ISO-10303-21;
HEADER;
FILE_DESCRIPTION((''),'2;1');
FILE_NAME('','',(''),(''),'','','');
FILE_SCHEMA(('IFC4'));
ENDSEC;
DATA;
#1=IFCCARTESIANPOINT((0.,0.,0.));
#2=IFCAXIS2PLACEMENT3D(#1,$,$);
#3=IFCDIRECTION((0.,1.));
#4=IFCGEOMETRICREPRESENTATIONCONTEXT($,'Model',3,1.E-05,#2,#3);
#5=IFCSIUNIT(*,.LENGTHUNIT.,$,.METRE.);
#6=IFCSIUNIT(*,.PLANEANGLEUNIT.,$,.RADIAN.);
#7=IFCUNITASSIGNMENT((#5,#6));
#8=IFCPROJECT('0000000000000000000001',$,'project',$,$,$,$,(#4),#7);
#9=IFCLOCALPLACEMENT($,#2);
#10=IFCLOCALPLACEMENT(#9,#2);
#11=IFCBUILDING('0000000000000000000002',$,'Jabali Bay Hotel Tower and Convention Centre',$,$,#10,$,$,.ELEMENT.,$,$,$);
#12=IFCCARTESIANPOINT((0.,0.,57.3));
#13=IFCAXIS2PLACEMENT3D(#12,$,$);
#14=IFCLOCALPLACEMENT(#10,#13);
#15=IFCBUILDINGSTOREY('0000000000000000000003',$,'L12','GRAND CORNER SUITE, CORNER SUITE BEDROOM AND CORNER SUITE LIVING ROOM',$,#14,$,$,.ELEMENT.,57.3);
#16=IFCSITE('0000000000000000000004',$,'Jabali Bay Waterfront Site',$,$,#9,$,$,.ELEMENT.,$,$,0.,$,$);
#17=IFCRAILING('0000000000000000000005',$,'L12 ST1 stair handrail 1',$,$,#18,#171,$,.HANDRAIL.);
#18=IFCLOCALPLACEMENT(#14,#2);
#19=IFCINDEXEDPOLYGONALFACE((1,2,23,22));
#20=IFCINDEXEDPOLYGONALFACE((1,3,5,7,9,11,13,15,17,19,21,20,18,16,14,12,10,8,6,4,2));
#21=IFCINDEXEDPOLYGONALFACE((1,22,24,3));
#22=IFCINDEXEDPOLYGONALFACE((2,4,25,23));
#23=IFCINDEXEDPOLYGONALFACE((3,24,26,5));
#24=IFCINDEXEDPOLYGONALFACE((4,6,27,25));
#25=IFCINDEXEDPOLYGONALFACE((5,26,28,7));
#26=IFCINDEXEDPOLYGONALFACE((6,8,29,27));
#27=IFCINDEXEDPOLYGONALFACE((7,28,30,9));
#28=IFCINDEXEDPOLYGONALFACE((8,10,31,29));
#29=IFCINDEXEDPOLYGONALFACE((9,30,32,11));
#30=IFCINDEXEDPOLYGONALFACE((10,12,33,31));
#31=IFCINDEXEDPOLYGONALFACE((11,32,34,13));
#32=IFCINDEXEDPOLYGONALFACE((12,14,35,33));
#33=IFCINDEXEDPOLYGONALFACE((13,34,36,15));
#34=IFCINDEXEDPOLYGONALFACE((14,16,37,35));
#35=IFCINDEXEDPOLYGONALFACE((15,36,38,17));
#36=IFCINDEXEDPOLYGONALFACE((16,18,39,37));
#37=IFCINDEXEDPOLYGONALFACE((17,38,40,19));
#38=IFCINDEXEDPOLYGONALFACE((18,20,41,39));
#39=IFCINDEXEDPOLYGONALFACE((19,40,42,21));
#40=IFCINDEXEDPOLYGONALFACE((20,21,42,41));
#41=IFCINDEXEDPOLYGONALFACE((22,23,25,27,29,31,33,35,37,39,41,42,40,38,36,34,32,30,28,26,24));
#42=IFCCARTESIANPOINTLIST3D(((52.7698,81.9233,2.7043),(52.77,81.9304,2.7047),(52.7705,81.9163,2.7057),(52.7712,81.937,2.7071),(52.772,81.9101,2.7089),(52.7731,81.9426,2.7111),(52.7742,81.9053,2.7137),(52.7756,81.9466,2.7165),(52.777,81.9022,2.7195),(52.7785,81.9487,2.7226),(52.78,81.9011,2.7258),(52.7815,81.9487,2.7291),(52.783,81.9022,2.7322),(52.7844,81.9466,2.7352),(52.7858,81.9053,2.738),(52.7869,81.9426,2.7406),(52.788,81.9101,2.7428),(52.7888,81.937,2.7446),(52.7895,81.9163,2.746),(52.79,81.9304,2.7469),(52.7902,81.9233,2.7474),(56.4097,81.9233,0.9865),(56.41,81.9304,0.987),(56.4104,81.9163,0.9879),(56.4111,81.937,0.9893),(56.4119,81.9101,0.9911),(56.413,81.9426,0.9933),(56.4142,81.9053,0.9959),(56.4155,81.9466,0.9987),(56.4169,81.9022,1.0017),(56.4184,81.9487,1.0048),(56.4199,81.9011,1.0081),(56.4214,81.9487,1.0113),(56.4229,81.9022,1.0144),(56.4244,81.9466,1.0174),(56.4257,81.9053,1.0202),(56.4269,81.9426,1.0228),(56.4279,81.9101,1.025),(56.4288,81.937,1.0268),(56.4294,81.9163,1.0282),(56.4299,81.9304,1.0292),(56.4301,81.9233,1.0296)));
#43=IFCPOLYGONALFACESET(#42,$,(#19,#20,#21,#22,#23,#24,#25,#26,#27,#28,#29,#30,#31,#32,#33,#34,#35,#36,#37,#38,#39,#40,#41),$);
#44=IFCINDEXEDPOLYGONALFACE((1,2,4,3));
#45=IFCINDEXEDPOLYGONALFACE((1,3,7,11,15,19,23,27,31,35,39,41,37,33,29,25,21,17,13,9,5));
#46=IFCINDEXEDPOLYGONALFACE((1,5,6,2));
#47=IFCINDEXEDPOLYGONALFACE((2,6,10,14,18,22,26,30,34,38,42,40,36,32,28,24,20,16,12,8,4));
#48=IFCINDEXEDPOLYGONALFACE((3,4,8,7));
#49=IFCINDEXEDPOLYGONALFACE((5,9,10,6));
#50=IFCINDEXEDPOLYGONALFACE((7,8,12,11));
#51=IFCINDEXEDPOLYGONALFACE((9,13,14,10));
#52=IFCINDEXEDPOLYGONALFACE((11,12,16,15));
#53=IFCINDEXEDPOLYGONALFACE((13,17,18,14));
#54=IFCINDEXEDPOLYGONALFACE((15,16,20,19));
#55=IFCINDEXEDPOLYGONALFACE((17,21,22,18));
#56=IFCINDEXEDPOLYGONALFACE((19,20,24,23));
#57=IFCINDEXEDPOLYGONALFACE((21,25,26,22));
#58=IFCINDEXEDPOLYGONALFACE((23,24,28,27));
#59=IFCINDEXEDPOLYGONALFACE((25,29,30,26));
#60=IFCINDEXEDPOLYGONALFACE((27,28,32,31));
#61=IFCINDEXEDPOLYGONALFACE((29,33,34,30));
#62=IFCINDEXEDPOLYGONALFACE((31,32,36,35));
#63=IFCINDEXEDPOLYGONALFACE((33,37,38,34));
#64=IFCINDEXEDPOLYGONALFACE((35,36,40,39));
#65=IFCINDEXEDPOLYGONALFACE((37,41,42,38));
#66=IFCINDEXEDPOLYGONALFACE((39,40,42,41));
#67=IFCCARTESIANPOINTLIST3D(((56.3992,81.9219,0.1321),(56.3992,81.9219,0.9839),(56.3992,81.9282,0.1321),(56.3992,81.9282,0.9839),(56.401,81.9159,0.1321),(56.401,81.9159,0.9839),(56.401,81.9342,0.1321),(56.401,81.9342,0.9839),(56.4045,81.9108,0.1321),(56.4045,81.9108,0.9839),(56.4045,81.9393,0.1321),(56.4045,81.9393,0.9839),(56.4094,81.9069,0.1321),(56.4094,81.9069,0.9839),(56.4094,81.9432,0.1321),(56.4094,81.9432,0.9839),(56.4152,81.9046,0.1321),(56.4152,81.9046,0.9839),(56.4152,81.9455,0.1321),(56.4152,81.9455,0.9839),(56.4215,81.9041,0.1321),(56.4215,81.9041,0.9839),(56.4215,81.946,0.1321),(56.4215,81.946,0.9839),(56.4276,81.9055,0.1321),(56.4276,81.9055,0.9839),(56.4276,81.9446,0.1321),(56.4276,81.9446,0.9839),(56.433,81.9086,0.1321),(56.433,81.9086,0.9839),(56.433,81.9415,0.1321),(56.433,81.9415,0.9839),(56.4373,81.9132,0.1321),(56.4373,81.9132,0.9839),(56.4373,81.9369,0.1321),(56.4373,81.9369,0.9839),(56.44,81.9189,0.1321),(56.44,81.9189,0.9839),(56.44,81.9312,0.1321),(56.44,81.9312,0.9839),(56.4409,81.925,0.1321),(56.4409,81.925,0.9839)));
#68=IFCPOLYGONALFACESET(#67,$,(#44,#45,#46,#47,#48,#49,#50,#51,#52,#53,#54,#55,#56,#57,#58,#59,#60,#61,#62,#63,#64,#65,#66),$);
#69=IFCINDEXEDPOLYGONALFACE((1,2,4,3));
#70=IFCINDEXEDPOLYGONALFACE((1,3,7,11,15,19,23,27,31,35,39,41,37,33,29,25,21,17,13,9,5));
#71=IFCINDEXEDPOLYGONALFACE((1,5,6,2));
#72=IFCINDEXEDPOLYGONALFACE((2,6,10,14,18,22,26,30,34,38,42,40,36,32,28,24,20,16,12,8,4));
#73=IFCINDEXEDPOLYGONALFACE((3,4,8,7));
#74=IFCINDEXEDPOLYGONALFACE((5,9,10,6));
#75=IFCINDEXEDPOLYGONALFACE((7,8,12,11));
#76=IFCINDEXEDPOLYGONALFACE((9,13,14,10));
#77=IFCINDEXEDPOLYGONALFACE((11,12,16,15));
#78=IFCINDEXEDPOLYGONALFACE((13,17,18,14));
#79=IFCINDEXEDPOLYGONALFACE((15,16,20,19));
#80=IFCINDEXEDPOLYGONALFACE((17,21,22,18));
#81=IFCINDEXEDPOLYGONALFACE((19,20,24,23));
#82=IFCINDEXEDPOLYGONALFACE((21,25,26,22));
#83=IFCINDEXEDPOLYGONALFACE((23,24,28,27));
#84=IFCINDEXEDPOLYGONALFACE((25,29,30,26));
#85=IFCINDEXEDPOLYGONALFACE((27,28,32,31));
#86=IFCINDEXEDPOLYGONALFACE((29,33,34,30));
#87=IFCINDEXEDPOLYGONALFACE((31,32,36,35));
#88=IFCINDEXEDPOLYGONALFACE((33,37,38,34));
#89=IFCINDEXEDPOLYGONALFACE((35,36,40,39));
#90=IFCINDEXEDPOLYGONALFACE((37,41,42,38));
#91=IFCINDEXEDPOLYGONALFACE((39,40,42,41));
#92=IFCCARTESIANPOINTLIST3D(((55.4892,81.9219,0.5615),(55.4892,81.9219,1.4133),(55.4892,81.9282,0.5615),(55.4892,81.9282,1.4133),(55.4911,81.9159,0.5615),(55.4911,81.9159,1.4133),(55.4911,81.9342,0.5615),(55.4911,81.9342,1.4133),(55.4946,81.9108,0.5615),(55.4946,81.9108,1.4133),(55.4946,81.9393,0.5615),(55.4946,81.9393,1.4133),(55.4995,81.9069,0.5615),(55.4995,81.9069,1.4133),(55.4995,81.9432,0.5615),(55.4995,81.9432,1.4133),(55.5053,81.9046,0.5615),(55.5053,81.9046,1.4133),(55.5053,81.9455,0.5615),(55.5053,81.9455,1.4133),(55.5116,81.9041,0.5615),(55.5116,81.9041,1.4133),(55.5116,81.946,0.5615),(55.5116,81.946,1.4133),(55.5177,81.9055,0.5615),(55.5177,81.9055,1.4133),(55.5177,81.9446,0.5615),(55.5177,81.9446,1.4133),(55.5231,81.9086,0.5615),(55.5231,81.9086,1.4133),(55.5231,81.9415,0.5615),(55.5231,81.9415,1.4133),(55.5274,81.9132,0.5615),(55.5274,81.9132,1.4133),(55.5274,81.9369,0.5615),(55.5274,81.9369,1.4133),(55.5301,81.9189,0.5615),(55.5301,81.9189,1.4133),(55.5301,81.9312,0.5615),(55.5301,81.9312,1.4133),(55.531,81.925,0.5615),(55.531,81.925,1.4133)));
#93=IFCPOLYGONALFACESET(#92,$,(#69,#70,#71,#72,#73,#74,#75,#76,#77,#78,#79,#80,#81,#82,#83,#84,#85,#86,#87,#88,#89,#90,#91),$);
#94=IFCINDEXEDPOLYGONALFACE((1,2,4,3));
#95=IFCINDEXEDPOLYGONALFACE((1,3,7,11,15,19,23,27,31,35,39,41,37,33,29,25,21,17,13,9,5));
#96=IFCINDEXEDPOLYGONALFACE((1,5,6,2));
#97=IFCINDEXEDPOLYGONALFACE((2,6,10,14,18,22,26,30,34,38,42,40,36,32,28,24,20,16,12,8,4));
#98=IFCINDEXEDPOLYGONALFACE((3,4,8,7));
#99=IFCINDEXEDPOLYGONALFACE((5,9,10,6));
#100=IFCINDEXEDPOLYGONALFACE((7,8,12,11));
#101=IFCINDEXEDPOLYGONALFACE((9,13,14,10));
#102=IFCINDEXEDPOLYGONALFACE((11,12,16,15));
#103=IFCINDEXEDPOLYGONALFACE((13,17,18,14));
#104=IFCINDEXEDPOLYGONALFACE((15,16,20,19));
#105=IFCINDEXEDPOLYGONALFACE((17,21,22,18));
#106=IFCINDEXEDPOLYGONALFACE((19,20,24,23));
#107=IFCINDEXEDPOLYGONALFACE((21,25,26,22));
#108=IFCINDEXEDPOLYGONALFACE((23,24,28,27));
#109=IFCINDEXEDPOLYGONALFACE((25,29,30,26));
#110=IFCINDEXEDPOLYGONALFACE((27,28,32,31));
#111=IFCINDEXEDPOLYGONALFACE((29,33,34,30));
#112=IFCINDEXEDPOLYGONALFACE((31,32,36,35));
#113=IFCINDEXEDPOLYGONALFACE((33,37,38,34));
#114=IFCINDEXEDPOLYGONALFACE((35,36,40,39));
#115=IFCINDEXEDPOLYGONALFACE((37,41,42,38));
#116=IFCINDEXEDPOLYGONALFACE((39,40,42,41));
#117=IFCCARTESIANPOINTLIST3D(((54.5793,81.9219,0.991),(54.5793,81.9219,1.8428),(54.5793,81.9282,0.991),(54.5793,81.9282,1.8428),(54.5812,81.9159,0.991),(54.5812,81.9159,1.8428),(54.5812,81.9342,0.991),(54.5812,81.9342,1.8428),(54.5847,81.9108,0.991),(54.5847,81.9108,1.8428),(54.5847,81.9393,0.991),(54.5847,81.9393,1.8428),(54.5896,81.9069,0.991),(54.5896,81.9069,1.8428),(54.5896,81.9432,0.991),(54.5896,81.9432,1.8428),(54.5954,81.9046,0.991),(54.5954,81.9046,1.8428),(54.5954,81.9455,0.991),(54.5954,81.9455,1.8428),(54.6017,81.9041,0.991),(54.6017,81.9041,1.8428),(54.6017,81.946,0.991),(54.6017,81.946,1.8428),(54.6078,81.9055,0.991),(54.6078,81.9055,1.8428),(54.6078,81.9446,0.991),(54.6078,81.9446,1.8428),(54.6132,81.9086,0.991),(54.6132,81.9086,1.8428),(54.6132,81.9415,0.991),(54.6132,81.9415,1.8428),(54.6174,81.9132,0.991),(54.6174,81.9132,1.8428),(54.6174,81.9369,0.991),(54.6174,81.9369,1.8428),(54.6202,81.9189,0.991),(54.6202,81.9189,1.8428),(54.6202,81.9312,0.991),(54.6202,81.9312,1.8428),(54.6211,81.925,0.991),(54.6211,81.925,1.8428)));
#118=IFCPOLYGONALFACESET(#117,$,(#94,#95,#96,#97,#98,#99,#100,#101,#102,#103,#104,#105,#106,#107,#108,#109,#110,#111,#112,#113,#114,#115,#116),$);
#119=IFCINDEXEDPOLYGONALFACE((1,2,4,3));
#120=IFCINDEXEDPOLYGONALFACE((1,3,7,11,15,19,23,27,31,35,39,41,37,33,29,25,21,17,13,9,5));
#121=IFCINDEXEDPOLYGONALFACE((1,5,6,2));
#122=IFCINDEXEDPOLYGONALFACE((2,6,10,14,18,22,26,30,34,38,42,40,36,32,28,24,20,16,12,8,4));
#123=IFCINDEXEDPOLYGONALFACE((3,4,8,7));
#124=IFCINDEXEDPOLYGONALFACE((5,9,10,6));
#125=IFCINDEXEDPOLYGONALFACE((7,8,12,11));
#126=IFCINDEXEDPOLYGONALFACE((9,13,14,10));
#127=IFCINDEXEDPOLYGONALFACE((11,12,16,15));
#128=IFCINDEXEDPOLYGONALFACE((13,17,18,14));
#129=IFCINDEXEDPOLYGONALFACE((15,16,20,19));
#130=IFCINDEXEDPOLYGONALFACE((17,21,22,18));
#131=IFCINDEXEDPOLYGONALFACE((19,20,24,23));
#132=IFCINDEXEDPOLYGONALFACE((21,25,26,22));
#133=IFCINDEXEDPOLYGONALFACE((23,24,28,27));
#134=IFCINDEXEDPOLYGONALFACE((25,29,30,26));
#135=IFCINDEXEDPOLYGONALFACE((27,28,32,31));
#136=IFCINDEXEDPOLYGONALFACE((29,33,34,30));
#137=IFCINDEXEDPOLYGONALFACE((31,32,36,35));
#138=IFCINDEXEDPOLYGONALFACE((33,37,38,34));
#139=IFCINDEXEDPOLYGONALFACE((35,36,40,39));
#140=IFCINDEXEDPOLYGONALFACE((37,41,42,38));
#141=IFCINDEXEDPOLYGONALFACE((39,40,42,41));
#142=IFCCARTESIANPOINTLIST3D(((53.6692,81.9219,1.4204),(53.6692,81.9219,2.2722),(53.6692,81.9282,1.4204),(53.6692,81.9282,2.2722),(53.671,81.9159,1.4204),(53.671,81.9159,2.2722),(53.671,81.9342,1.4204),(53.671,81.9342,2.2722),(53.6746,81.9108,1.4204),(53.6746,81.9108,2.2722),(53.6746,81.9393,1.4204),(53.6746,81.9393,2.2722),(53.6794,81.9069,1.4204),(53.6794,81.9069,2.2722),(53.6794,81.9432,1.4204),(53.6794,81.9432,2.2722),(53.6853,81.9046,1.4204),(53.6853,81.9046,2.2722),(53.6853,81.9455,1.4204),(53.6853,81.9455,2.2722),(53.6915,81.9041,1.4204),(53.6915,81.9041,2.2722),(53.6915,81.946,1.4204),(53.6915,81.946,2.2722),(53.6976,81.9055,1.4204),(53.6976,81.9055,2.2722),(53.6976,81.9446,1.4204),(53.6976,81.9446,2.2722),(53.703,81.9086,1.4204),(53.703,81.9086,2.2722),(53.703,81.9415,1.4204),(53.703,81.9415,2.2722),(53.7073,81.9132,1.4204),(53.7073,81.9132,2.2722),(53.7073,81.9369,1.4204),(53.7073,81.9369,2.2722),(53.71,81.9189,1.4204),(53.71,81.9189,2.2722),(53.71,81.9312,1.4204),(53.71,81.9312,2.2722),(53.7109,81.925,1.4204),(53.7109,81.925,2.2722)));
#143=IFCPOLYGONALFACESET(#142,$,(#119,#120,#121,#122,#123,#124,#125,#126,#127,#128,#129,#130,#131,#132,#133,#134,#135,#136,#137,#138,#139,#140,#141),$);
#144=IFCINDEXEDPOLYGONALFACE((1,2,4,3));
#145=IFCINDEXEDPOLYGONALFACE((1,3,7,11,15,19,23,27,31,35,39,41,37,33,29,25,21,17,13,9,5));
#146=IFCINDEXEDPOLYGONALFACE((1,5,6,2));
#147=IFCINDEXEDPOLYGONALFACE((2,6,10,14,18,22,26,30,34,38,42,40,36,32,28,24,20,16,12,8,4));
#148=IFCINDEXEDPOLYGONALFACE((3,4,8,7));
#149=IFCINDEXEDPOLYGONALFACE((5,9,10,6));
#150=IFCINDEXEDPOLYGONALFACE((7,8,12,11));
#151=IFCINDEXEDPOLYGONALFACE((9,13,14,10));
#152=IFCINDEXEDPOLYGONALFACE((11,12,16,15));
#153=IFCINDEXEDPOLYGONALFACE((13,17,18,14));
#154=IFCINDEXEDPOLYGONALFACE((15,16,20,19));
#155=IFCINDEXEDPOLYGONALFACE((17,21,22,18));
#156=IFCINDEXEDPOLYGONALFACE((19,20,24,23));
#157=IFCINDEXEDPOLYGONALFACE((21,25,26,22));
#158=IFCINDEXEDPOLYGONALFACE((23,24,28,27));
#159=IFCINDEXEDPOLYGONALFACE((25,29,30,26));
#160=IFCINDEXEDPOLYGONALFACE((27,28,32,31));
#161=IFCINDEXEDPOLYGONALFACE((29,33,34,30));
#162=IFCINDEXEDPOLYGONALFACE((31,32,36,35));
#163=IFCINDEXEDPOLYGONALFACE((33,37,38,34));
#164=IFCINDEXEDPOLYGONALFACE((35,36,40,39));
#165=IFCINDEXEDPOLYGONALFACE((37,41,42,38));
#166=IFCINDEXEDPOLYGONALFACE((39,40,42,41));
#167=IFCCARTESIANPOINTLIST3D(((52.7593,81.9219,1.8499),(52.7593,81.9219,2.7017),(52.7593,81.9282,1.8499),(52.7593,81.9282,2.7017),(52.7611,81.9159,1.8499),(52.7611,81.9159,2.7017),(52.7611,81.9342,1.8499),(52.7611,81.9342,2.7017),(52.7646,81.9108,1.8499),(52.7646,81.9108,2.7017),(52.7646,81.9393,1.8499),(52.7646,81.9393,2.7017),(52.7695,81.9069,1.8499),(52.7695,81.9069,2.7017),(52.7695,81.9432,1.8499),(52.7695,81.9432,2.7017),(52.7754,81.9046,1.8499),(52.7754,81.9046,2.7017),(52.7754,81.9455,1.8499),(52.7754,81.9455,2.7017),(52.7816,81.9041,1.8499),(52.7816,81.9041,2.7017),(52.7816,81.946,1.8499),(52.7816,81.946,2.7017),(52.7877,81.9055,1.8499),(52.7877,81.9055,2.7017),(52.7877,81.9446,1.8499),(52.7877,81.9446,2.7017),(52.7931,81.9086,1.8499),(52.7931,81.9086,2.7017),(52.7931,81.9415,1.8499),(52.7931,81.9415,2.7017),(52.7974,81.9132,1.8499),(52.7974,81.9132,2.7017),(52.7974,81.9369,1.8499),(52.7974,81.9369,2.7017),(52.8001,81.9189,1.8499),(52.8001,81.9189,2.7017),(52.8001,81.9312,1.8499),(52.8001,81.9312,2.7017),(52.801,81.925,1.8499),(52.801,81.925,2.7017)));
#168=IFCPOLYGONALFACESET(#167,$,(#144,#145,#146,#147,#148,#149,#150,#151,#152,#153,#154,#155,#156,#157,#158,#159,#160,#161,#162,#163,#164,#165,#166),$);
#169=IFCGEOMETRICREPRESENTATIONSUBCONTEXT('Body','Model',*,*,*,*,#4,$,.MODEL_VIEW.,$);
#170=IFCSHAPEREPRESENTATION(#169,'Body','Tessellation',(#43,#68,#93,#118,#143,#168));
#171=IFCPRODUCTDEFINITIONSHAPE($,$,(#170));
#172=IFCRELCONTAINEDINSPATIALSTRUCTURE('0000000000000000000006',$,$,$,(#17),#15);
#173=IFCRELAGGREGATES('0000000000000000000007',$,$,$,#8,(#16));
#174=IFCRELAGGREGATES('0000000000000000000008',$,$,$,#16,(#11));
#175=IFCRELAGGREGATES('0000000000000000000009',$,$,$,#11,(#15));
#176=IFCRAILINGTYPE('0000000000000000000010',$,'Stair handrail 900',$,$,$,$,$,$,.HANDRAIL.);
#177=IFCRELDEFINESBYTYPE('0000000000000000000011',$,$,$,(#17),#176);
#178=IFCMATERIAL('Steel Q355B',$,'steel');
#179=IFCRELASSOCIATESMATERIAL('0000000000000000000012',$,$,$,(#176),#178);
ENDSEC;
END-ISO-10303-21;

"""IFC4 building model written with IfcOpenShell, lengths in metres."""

from ifc_helpers import new_model, si_unit, direction, frame, origin, origin_2d, place, context, subcontext, project, spatial, circle, extrude, material, type_object, element, save


model = new_model("IFC4")

# Units and contexts
model_context = context("Model", 3, precision=1e-05, world=origin(), true_north=direction((0.0, 1.0)))
body_context = subcontext(model_context, "Body", "Model", "MODEL_VIEW")
ifc_project = project(units=[si_unit("LENGTHUNIT", "METRE"), si_unit("PLANEANGLEUNIT", "RADIAN")], contexts=[model_context])

# Site, building, storey
site_placement = place(None, origin())
site = spatial("IfcSite", under=ifc_project, at=site_placement, Name="Jabali Bay Waterfront Site", CompositionType="ELEMENT", RefElevation=0.0)
building_placement = place(site_placement, origin())
building = spatial("IfcBuilding", under=site, at=building_placement, Name="Jabali Bay Hotel Tower and Convention Centre", CompositionType="ELEMENT")
storey_placement = place(building_placement, frame((0.0, 0.0, 57.3)))
storey = spatial("IfcBuildingStorey", under=building, at=storey_placement, Name="L12", Description="GRAND CORNER SUITE, CORNER SUITE BEDROOM AND CORNER SUITE LIVING ROOM", CompositionType="ELEMENT", Elevation=57.3)

# Railing
ifc_material_1 = material(Name="Steel Q355B", Category="steel")
railing_type_1 = type_object("IfcRailingType", Name="Stair handrail 900", PredefinedType="HANDRAIL", material=ifc_material_1)
railing_1_placement = place(storey_placement, frame((56.4199, 81.925, 0.1321)))
element("IfcRailing", 1, at=railing_1_placement, inside=storey, type_object=railing_type_1, Name="L12 ST1 stair handrail 1", PredefinedType="HANDRAIL", context=body_context, shape_type="SweptSolid", body=[
    extrude(circle(Radius=0.0239, at=origin_2d()), frame((0.0, 0.0, 0.876), z_axis=(-0.904351, 0.0, 0.42679), x_axis=(0.0, -1.0, 0.0)), (0.0, 0.0, 1.0), 4.0249),
    extrude(circle(Radius=0.021, at=origin_2d()), origin(), (0.0, 0.0, 1.0), 0.8518),
    extrude(circle(Radius=0.021, at=origin_2d()), frame((-0.9099, 0.0, 0.4294)), (0.0, 0.0, 1.0), 0.8518),
    extrude(circle(Radius=0.021, at=origin_2d()), frame((-1.8198, 0.0, 0.8589)), (0.0, 0.0, 1.0), 0.8518),
    extrude(circle(Radius=0.021, at=origin_2d()), frame((-2.73, 0.0, 1.2883)), (0.0, 0.0, 1.0), 0.8518),
    extrude(circle(Radius=0.021, at=origin_2d()), frame((-3.6399, 0.0, 1.7178)), (0.0, 0.0, 1.0), 0.8518),
])

save(model, "model.ifc")
